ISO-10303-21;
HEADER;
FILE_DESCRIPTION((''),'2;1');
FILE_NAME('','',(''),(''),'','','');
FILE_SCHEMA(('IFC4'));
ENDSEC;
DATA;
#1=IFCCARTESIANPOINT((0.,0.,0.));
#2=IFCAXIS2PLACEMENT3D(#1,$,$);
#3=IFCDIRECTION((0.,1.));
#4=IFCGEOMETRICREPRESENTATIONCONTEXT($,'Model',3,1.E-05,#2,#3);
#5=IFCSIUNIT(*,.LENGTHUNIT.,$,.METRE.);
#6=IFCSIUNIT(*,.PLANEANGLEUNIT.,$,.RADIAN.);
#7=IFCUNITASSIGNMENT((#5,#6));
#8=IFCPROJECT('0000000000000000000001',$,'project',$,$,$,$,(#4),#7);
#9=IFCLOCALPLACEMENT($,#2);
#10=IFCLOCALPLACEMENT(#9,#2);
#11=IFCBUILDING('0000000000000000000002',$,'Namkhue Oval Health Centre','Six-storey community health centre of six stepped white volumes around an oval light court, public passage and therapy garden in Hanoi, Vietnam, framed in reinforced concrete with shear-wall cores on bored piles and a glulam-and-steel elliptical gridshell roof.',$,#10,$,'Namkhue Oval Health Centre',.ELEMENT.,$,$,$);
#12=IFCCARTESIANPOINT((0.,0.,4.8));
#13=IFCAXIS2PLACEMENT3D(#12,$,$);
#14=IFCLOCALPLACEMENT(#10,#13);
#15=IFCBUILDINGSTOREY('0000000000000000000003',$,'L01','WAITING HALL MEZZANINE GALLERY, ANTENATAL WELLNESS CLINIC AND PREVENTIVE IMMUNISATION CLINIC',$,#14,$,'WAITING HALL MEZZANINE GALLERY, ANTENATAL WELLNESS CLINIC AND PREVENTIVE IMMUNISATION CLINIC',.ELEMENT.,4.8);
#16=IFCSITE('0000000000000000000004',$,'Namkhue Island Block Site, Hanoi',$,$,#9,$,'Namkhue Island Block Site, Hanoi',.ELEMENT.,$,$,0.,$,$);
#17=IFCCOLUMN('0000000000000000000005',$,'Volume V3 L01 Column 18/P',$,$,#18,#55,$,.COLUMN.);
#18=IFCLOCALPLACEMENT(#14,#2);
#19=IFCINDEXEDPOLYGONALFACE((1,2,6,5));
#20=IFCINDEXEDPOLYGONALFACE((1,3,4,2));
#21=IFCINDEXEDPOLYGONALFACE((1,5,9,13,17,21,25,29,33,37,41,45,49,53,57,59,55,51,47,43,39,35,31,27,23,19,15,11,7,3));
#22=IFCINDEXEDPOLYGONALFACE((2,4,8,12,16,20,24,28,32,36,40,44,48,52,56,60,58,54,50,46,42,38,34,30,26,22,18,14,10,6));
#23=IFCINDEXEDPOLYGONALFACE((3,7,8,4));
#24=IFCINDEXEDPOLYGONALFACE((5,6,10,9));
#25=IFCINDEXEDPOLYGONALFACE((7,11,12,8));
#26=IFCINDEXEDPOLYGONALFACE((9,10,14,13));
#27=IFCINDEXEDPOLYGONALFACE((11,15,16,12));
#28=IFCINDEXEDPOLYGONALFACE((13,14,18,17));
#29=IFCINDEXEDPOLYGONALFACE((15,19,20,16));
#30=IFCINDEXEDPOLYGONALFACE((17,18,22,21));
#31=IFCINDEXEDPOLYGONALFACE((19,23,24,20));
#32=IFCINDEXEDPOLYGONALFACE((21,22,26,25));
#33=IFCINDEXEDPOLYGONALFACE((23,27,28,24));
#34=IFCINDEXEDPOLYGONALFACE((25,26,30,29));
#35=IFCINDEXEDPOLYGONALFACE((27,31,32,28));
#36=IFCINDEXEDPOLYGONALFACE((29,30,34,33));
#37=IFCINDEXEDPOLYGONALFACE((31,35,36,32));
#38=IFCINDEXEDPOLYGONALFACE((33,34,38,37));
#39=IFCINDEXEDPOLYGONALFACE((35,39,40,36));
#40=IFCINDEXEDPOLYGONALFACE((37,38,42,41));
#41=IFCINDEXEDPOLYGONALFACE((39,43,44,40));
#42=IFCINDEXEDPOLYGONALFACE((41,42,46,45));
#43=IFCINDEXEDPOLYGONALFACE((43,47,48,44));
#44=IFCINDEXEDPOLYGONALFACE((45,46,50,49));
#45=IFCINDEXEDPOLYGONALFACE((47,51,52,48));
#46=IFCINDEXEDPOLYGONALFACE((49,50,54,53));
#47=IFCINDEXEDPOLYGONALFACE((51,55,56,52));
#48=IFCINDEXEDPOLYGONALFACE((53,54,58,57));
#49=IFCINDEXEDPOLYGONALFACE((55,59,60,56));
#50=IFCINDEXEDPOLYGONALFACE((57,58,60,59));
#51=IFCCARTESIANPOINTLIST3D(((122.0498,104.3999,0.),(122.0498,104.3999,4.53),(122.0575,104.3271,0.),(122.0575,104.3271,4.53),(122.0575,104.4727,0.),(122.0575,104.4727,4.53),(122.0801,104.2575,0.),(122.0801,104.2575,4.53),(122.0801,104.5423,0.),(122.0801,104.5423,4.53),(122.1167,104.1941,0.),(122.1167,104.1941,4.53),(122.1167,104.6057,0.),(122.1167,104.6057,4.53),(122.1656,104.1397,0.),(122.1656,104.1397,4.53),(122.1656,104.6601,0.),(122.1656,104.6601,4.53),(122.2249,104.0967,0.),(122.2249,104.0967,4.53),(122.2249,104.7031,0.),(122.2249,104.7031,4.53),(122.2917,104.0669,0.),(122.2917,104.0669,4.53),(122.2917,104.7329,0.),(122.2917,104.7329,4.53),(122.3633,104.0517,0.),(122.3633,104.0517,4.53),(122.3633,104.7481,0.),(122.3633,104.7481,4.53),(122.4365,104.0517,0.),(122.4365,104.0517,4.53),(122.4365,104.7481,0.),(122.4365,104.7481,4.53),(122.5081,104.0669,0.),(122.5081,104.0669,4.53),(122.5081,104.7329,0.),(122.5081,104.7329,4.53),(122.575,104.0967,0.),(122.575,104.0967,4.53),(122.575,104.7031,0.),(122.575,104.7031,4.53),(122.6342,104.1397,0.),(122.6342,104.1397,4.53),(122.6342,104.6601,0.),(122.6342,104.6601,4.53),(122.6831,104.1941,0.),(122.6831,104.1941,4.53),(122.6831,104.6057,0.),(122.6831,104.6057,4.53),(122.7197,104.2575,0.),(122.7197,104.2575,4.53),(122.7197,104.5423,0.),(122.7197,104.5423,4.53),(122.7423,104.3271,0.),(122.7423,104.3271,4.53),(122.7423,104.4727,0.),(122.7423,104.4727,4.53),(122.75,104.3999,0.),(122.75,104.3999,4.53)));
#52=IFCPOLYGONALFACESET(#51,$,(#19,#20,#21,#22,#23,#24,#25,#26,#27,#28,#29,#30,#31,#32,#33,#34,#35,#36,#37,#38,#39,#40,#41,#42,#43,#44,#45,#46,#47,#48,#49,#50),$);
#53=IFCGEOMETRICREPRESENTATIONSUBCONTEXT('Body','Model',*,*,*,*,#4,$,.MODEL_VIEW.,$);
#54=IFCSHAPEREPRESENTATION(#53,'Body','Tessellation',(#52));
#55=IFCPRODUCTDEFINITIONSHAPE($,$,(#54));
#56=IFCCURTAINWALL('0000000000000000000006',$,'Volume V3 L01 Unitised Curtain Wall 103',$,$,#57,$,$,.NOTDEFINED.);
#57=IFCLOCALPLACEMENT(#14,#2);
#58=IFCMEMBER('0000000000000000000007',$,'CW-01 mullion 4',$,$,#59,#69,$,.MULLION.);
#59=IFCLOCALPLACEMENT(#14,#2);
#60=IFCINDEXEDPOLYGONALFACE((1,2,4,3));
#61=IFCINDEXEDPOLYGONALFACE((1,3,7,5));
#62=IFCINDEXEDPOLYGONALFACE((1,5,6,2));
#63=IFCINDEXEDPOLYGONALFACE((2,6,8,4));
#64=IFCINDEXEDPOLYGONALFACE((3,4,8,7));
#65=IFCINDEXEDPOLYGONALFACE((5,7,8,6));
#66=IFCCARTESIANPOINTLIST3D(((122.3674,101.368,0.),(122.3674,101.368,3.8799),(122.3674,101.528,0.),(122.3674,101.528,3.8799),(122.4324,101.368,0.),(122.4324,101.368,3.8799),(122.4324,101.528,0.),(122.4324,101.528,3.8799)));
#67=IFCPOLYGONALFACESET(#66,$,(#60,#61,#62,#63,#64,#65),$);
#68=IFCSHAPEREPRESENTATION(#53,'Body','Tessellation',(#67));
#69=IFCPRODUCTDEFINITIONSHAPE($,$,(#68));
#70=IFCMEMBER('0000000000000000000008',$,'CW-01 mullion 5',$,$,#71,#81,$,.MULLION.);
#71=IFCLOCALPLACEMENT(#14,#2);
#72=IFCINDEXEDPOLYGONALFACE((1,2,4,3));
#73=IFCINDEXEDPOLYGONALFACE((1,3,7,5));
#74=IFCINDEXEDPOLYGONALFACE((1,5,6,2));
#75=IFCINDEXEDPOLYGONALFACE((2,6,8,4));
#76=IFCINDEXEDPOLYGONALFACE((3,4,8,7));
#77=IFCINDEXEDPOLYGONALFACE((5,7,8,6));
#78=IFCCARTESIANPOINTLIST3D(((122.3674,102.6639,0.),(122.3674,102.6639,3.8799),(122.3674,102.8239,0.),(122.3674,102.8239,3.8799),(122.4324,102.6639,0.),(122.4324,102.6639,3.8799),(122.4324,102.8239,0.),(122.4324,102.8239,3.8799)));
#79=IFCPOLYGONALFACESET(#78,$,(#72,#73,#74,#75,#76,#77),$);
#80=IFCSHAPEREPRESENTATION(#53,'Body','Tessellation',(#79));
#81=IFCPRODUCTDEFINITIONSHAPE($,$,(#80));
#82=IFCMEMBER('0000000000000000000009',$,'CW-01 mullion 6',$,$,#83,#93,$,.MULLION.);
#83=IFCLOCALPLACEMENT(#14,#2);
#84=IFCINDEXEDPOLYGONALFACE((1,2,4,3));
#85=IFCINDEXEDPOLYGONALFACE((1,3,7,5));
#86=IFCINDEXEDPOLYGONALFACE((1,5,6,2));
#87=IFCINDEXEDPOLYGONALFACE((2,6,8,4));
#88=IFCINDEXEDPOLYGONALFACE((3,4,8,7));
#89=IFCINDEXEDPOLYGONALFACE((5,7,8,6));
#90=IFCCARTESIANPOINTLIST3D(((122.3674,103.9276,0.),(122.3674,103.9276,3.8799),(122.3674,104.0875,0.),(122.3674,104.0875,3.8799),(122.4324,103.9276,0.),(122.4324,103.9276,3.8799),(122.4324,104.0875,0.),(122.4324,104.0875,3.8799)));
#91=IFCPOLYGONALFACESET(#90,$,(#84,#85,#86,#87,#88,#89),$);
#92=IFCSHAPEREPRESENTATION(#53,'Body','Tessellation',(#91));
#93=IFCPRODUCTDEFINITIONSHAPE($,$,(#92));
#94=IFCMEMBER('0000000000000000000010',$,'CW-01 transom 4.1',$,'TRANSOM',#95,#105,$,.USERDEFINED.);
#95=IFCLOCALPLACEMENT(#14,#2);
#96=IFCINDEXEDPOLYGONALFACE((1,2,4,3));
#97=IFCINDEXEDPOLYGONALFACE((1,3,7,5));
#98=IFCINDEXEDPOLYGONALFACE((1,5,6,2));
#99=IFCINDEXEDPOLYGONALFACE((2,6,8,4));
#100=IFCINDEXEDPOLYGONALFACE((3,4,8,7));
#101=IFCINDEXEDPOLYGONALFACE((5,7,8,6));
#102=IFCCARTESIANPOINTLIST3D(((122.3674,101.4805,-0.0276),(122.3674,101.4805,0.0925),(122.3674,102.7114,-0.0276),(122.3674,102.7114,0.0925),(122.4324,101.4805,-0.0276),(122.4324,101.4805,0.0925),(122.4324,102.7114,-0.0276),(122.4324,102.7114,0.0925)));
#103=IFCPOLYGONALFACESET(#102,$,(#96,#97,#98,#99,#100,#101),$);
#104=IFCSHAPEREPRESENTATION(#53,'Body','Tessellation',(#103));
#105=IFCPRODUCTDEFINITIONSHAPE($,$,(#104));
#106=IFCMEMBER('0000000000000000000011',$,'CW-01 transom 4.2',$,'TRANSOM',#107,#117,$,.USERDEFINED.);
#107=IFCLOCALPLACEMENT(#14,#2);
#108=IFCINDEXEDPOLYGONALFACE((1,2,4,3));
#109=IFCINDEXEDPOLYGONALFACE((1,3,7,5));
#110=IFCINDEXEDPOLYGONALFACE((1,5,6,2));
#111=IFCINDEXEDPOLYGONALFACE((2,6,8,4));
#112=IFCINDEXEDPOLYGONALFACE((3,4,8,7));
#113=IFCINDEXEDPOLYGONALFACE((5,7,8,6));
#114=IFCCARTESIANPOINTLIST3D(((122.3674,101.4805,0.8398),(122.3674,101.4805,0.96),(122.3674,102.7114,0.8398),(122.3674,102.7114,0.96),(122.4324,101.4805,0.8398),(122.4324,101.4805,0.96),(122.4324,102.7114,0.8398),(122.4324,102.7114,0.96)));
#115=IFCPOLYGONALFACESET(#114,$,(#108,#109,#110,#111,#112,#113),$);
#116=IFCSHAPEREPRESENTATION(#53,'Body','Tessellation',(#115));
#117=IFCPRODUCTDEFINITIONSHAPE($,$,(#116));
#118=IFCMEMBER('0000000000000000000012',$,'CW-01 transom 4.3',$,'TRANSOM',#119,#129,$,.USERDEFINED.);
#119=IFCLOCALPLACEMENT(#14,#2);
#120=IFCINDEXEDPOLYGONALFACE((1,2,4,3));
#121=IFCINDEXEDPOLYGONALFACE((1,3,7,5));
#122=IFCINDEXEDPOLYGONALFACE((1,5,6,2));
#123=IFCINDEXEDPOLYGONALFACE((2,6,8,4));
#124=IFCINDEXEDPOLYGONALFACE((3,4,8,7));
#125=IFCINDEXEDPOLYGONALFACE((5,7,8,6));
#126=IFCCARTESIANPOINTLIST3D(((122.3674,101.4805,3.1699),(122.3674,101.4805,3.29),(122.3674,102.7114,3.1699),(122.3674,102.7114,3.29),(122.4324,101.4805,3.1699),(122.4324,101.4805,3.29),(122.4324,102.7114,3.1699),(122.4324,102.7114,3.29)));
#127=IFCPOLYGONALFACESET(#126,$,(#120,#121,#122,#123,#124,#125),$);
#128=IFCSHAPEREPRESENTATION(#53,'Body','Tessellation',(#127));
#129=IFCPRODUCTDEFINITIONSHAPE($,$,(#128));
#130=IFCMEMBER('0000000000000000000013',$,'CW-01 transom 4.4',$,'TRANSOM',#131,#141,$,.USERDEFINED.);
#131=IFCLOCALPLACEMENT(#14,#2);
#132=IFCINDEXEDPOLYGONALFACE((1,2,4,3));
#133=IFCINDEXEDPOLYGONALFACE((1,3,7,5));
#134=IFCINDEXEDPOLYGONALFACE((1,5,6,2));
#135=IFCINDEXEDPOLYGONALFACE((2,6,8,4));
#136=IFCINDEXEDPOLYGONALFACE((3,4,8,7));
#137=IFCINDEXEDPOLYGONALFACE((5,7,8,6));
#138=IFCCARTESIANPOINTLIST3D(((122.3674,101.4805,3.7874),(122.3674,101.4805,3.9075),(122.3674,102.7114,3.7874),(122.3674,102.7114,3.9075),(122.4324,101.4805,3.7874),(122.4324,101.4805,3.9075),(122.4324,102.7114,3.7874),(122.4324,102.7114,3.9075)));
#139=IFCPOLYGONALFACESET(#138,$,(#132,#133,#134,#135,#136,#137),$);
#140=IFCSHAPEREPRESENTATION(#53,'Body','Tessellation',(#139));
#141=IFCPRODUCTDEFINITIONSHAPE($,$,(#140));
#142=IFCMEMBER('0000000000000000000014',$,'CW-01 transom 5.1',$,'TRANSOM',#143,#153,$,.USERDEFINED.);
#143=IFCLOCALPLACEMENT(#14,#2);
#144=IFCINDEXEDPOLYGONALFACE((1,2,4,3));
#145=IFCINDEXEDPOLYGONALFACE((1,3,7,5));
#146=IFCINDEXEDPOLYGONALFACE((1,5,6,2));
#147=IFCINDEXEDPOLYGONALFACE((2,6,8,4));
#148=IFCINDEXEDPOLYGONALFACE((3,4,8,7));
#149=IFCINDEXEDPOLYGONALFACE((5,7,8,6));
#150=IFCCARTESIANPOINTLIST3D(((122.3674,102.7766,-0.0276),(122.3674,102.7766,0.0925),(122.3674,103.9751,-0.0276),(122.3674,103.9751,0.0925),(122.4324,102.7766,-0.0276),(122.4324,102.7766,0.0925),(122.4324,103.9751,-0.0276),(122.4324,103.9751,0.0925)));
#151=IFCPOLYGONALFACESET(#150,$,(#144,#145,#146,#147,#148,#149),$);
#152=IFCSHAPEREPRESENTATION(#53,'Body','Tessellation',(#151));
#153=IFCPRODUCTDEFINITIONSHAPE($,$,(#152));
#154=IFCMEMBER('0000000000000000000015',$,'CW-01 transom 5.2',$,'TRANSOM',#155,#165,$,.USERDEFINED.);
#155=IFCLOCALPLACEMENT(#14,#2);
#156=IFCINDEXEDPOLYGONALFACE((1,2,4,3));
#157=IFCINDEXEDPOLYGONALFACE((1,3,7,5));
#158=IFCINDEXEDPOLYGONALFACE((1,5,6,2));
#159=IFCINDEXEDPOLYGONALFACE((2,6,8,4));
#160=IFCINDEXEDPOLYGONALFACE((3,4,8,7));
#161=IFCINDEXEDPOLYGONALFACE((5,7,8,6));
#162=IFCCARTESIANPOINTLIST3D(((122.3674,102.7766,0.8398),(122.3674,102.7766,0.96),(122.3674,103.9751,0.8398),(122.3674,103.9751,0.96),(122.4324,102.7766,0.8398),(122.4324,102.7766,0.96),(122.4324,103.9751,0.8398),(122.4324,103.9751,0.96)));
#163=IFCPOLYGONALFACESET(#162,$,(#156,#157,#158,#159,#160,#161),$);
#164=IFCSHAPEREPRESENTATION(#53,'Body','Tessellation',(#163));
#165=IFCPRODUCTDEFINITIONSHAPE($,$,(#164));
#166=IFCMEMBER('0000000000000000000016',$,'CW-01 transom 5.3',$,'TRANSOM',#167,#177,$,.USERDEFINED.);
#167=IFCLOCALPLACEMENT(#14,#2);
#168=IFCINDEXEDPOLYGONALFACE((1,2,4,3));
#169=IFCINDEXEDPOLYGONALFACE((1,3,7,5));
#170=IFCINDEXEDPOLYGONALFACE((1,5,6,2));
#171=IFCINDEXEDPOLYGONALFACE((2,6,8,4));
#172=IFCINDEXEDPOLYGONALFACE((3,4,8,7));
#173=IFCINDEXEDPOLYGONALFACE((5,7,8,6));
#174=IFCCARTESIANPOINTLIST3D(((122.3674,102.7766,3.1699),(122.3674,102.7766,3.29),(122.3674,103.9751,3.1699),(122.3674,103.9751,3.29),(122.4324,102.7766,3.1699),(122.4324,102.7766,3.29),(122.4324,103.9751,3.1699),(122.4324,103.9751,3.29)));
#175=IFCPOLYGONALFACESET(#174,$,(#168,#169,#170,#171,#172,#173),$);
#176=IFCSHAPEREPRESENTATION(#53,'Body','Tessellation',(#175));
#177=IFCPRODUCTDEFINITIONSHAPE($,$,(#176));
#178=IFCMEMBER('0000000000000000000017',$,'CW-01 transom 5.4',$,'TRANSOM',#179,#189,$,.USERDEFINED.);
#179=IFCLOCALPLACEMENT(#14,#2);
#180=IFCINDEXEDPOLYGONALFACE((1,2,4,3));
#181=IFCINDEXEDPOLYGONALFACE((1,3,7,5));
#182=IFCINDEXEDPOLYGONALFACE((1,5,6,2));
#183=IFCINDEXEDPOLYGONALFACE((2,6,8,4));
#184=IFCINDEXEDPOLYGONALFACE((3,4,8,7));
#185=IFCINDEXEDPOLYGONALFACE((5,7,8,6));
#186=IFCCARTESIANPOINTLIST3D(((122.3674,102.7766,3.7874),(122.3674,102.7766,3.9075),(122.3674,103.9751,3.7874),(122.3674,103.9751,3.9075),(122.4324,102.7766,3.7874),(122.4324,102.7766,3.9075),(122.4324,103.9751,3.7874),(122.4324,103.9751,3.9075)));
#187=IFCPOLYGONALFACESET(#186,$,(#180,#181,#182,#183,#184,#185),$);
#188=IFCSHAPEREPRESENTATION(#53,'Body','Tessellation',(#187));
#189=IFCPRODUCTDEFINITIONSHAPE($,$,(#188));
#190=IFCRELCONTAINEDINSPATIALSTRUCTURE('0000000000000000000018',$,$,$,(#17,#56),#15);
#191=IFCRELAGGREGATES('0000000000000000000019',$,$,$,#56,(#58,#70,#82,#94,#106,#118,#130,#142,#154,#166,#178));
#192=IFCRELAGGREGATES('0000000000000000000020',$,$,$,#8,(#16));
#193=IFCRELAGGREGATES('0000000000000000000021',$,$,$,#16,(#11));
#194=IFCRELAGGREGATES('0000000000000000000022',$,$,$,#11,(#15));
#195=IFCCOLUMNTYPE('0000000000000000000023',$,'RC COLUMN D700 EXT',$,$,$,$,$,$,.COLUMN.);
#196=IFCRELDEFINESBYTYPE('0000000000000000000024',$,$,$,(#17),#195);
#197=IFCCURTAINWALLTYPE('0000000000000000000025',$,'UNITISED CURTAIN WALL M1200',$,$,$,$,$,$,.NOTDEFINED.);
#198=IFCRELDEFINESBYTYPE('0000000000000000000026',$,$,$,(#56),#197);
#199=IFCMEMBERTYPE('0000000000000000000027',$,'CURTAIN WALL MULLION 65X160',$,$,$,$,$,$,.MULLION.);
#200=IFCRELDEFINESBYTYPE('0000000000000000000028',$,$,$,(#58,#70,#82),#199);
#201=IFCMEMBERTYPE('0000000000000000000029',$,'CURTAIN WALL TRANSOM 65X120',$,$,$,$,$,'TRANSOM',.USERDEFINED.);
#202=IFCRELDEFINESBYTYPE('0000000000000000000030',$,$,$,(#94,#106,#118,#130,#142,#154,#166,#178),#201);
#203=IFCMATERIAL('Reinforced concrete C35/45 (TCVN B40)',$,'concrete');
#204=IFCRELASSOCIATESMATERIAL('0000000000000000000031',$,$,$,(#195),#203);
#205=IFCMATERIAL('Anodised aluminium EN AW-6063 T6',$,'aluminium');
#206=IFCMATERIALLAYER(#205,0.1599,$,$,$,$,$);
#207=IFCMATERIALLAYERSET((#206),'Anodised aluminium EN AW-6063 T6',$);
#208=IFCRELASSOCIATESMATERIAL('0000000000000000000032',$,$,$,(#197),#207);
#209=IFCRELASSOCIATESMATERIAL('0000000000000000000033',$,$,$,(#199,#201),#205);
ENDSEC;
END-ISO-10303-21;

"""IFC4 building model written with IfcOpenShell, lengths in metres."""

from ifc_helpers import new_model, si_unit, direction, frame, origin, origin_2d, place, context, subcontext, project, spatial, rectangle, circle, extrude, material, layer, layer_set, material_profile, profile_set, type_object, element, aggregate, save


model = new_model("IFC4")

# Units and contexts
model_context = context("Model", 3, precision=1e-05, world=origin(), true_north=direction((0.0, 1.0)))
body_context = subcontext(model_context, "Body", "Model", "MODEL_VIEW")
ifc_project = project(units=[si_unit("LENGTHUNIT", "METRE"), si_unit("PLANEANGLEUNIT", "RADIAN")], contexts=[model_context])

# Site, building, storey
site_placement = place(None, origin())
site = spatial("IfcSite", under=ifc_project, at=site_placement, Name="Namkhue Island Block Site, Hanoi", LongName="Namkhue Island Block Site, Hanoi", CompositionType="ELEMENT", RefElevation=0.0)
building_placement = place(site_placement, origin())
building = spatial("IfcBuilding", under=site, at=building_placement, Name="Namkhue Oval Health Centre", Description="Six-storey community health centre of six stepped white volumes around an oval light court, public passage and therapy garden in Hanoi, Vietnam, framed in reinforced concrete with shear-wall cores on bored piles and a glulam-and-steel elliptical gridshell roof.", LongName="Namkhue Oval Health Centre", CompositionType="ELEMENT")
storey_placement = place(building_placement, frame((0.0, 0.0, 4.8)))
storey = spatial("IfcBuildingStorey", under=building, at=storey_placement, Name="L01", Description="WAITING HALL MEZZANINE GALLERY, ANTENATAL WELLNESS CLINIC AND PREVENTIVE IMMUNISATION CLINIC", LongName="WAITING HALL MEZZANINE GALLERY, ANTENATAL WELLNESS CLINIC AND PREVENTIVE IMMUNISATION CLINIC", CompositionType="ELEMENT", Elevation=4.8)

# Column
ifc_material_1 = material(Name="Reinforced concrete C35/45 (TCVN B40)", Category="concrete")
ifc_material_profile_1 = material_profile(ifc_material_1, circle(Radius=0.3501, at=origin_2d()), Name="RC D700")
ifc_profile_set_1 = profile_set([ifc_material_profile_1], Name="Reinforced concrete C35/45 (TCVN B40)")
column_type = type_object("IfcColumnType", Name="RC COLUMN D700 EXT", PredefinedType="COLUMN", material=ifc_profile_set_1)
column_placement = place(storey_placement, frame((122.3999, 104.3999, 0.0), z_axis=(0.0, 0.0, 1.0), x_axis=(1.0, 0.0, 0.0)))
element("IfcColumn", 1, at=column_placement, inside=storey, type_object=column_type, Name="Volume V3 L01 Column 18/P", PredefinedType="COLUMN", context=body_context, shape_type="SweptSolid", body=[
    extrude(circle(Radius=0.3501, at=origin_2d()), origin(), (0.0, 0.0, 1.0), 4.53),
])

# Curtain wall, members
ifc_material_2 = material(Name="Anodised aluminium EN AW-6063 T6", Category="aluminium")
ifc_layer_1 = layer(ifc_material_2, 0.1599)
ifc_layer_set_1 = layer_set([ifc_layer_1], Name="Anodised aluminium EN AW-6063 T6")
curtain_wall_type = type_object("IfcCurtainWallType", Name="UNITISED CURTAIN WALL M1200", PredefinedType="NOTDEFINED", material=ifc_layer_set_1)
curtain_wall_placement = place(storey_placement, origin())
curtain_wall = element("IfcCurtainWall", 2, at=curtain_wall_placement, inside=storey, type_object=curtain_wall_type, Name="Volume V3 L01 Unitised Curtain Wall 103", PredefinedType="NOTDEFINED")
ifc_material_profile_2 = material_profile(ifc_material_2, rectangle(XDim=0.0649, YDim=0.1599, at=origin_2d()), Name="ALU 65x160")
ifc_profile_set_2 = profile_set([ifc_material_profile_2], Name="Anodised aluminium EN AW-6063 T6")
member_type_1 = type_object("IfcMemberType", Name="CURTAIN WALL MULLION 65X160", PredefinedType="MULLION", material=ifc_profile_set_2)
member_1_placement = place(storey_placement, frame((122.3999, 101.448, 0.0), z_axis=(0.0, 0.0, 1.0), x_axis=(-1.0, 0.0, 0.0)))
member_1 = element("IfcMember", 3, at=member_1_placement, type_object=member_type_1, Name="CW-01 mullion 4", PredefinedType="MULLION", context=body_context, shape_type="SweptSolid", body=[
    extrude(rectangle(XDim=0.0649, YDim=0.1599, at=origin_2d()), origin(), (0.0, 0.0, 1.0), 3.8799),
])
member_2_placement = place(storey_placement, frame((122.3999, 102.7439, 0.0), z_axis=(0.0, 0.0, 1.0), x_axis=(-1.0, 0.0, 0.0)))
member_2 = element("IfcMember", 4, at=member_2_placement, type_object=member_type_1, Name="CW-01 mullion 5", PredefinedType="MULLION", context=body_context, shape_type="SweptSolid", body=[
    extrude(rectangle(XDim=0.0649, YDim=0.1599, at=origin_2d()), origin(), (0.0, 0.0, 1.0), 3.8799),
])
member_3_placement = place(storey_placement, frame((122.3999, 104.0076, 0.0), z_axis=(0.0, 0.0, 1.0), x_axis=(-1.0, 0.0, 0.0)))
member_3 = element("IfcMember", 5, at=member_3_placement, type_object=member_type_1, Name="CW-01 mullion 6", PredefinedType="MULLION", context=body_context, shape_type="SweptSolid", body=[
    extrude(rectangle(XDim=0.0649, YDim=0.1599, at=origin_2d()), origin(), (0.0, 0.0, 1.0), 3.8799),
])
ifc_material_profile_3 = material_profile(ifc_material_2, rectangle(XDim=0.0649, YDim=0.1201, at=origin_2d()), Name="ALU 65x120")
ifc_profile_set_3 = profile_set([ifc_material_profile_3], Name="Anodised aluminium EN AW-6063 T6")
member_type_2 = type_object("IfcMemberType", Name="CURTAIN WALL TRANSOM 65X120", ElementType="TRANSOM", PredefinedType="USERDEFINED", material=ifc_profile_set_3)
member_4_placement = place(storey_placement, frame((122.3999, 101.4805, 0.0325), z_axis=(0.0, 1.0, 0.0), x_axis=(-1.0, 0.0, 0.0)))
member_4 = element("IfcMember", 6, at=member_4_placement, type_object=member_type_2, Name="CW-01 transom 4.1", ObjectType="TRANSOM", PredefinedType="USERDEFINED", context=body_context, shape_type="SweptSolid", body=[
    extrude(rectangle(XDim=0.0649, YDim=0.1201, at=origin_2d()), origin(), (0.0, 0.0, 1.0), 1.231),
])
member_5_placement = place(storey_placement, frame((122.3999, 101.4805, 0.8999), z_axis=(0.0, 1.0, 0.0), x_axis=(-1.0, 0.0, 0.0)))
member_5 = element("IfcMember", 7, at=member_5_placement, type_object=member_type_2, Name="CW-01 transom 4.2", ObjectType="TRANSOM", PredefinedType="USERDEFINED", context=body_context, shape_type="SweptSolid", body=[
    extrude(rectangle(XDim=0.0649, YDim=0.1201, at=origin_2d()), origin(), (0.0, 0.0, 1.0), 1.231),
])
member_6_placement = place(storey_placement, frame((122.3999, 101.4805, 3.23), z_axis=(0.0, 1.0, 0.0), x_axis=(-1.0, 0.0, 0.0)))
member_6 = element("IfcMember", 8, at=member_6_placement, type_object=member_type_2, Name="CW-01 transom 4.3", ObjectType="TRANSOM", PredefinedType="USERDEFINED", context=body_context, shape_type="SweptSolid", body=[
    extrude(rectangle(XDim=0.0649, YDim=0.1201, at=origin_2d()), origin(), (0.0, 0.0, 1.0), 1.231),
])
member_7_placement = place(storey_placement, frame((122.3999, 101.4805, 3.8474), z_axis=(0.0, 1.0, 0.0), x_axis=(-1.0, 0.0, 0.0)))
member_7 = element("IfcMember", 9, at=member_7_placement, type_object=member_type_2, Name="CW-01 transom 4.4", ObjectType="TRANSOM", PredefinedType="USERDEFINED", context=body_context, shape_type="SweptSolid", body=[
    extrude(rectangle(XDim=0.0649, YDim=0.1201, at=origin_2d()), origin(), (0.0, 0.0, 1.0), 1.231),
])
member_8_placement = place(storey_placement, frame((122.3999, 102.7766, 0.0325), z_axis=(0.0, 1.0, 0.0), x_axis=(-1.0, 0.0, 0.0)))
member_8 = element("IfcMember", 10, at=member_8_placement, type_object=member_type_2, Name="CW-01 transom 5.1", ObjectType="TRANSOM", PredefinedType="USERDEFINED", context=body_context, shape_type="SweptSolid", body=[
    extrude(rectangle(XDim=0.0649, YDim=0.1201, at=origin_2d()), origin(), (0.0, 0.0, 1.0), 1.1985),
])
member_9_placement = place(storey_placement, frame((122.3999, 102.7766, 0.8999), z_axis=(0.0, 1.0, 0.0), x_axis=(-1.0, 0.0, 0.0)))
member_9 = element("IfcMember", 11, at=member_9_placement, type_object=member_type_2, Name="CW-01 transom 5.2", ObjectType="TRANSOM", PredefinedType="USERDEFINED", context=body_context, shape_type="SweptSolid", body=[
    extrude(rectangle(XDim=0.0649, YDim=0.1201, at=origin_2d()), origin(), (0.0, 0.0, 1.0), 1.1985),
])
member_10_placement = place(storey_placement, frame((122.3999, 102.7766, 3.23), z_axis=(0.0, 1.0, 0.0), x_axis=(-1.0, 0.0, 0.0)))
member_10 = element("IfcMember", 12, at=member_10_placement, type_object=member_type_2, Name="CW-01 transom 5.3", ObjectType="TRANSOM", PredefinedType="USERDEFINED", context=body_context, shape_type="SweptSolid", body=[
    extrude(rectangle(XDim=0.0649, YDim=0.1201, at=origin_2d()), origin(), (0.0, 0.0, 1.0), 1.1985),
])
member_11_placement = place(storey_placement, frame((122.3999, 102.7766, 3.8474), z_axis=(0.0, 1.0, 0.0), x_axis=(-1.0, 0.0, 0.0)))
member_11 = element("IfcMember", 13, at=member_11_placement, type_object=member_type_2, Name="CW-01 transom 5.4", ObjectType="TRANSOM", PredefinedType="USERDEFINED", context=body_context, shape_type="SweptSolid", body=[
    extrude(rectangle(XDim=0.0649, YDim=0.1201, at=origin_2d()), origin(), (0.0, 0.0, 1.0), 1.1985),
])
aggregate(curtain_wall, [member_1, member_2, member_3, member_4, member_5, member_6, member_7, member_8, member_9, member_10, member_11])

save(model, "model.ifc")
